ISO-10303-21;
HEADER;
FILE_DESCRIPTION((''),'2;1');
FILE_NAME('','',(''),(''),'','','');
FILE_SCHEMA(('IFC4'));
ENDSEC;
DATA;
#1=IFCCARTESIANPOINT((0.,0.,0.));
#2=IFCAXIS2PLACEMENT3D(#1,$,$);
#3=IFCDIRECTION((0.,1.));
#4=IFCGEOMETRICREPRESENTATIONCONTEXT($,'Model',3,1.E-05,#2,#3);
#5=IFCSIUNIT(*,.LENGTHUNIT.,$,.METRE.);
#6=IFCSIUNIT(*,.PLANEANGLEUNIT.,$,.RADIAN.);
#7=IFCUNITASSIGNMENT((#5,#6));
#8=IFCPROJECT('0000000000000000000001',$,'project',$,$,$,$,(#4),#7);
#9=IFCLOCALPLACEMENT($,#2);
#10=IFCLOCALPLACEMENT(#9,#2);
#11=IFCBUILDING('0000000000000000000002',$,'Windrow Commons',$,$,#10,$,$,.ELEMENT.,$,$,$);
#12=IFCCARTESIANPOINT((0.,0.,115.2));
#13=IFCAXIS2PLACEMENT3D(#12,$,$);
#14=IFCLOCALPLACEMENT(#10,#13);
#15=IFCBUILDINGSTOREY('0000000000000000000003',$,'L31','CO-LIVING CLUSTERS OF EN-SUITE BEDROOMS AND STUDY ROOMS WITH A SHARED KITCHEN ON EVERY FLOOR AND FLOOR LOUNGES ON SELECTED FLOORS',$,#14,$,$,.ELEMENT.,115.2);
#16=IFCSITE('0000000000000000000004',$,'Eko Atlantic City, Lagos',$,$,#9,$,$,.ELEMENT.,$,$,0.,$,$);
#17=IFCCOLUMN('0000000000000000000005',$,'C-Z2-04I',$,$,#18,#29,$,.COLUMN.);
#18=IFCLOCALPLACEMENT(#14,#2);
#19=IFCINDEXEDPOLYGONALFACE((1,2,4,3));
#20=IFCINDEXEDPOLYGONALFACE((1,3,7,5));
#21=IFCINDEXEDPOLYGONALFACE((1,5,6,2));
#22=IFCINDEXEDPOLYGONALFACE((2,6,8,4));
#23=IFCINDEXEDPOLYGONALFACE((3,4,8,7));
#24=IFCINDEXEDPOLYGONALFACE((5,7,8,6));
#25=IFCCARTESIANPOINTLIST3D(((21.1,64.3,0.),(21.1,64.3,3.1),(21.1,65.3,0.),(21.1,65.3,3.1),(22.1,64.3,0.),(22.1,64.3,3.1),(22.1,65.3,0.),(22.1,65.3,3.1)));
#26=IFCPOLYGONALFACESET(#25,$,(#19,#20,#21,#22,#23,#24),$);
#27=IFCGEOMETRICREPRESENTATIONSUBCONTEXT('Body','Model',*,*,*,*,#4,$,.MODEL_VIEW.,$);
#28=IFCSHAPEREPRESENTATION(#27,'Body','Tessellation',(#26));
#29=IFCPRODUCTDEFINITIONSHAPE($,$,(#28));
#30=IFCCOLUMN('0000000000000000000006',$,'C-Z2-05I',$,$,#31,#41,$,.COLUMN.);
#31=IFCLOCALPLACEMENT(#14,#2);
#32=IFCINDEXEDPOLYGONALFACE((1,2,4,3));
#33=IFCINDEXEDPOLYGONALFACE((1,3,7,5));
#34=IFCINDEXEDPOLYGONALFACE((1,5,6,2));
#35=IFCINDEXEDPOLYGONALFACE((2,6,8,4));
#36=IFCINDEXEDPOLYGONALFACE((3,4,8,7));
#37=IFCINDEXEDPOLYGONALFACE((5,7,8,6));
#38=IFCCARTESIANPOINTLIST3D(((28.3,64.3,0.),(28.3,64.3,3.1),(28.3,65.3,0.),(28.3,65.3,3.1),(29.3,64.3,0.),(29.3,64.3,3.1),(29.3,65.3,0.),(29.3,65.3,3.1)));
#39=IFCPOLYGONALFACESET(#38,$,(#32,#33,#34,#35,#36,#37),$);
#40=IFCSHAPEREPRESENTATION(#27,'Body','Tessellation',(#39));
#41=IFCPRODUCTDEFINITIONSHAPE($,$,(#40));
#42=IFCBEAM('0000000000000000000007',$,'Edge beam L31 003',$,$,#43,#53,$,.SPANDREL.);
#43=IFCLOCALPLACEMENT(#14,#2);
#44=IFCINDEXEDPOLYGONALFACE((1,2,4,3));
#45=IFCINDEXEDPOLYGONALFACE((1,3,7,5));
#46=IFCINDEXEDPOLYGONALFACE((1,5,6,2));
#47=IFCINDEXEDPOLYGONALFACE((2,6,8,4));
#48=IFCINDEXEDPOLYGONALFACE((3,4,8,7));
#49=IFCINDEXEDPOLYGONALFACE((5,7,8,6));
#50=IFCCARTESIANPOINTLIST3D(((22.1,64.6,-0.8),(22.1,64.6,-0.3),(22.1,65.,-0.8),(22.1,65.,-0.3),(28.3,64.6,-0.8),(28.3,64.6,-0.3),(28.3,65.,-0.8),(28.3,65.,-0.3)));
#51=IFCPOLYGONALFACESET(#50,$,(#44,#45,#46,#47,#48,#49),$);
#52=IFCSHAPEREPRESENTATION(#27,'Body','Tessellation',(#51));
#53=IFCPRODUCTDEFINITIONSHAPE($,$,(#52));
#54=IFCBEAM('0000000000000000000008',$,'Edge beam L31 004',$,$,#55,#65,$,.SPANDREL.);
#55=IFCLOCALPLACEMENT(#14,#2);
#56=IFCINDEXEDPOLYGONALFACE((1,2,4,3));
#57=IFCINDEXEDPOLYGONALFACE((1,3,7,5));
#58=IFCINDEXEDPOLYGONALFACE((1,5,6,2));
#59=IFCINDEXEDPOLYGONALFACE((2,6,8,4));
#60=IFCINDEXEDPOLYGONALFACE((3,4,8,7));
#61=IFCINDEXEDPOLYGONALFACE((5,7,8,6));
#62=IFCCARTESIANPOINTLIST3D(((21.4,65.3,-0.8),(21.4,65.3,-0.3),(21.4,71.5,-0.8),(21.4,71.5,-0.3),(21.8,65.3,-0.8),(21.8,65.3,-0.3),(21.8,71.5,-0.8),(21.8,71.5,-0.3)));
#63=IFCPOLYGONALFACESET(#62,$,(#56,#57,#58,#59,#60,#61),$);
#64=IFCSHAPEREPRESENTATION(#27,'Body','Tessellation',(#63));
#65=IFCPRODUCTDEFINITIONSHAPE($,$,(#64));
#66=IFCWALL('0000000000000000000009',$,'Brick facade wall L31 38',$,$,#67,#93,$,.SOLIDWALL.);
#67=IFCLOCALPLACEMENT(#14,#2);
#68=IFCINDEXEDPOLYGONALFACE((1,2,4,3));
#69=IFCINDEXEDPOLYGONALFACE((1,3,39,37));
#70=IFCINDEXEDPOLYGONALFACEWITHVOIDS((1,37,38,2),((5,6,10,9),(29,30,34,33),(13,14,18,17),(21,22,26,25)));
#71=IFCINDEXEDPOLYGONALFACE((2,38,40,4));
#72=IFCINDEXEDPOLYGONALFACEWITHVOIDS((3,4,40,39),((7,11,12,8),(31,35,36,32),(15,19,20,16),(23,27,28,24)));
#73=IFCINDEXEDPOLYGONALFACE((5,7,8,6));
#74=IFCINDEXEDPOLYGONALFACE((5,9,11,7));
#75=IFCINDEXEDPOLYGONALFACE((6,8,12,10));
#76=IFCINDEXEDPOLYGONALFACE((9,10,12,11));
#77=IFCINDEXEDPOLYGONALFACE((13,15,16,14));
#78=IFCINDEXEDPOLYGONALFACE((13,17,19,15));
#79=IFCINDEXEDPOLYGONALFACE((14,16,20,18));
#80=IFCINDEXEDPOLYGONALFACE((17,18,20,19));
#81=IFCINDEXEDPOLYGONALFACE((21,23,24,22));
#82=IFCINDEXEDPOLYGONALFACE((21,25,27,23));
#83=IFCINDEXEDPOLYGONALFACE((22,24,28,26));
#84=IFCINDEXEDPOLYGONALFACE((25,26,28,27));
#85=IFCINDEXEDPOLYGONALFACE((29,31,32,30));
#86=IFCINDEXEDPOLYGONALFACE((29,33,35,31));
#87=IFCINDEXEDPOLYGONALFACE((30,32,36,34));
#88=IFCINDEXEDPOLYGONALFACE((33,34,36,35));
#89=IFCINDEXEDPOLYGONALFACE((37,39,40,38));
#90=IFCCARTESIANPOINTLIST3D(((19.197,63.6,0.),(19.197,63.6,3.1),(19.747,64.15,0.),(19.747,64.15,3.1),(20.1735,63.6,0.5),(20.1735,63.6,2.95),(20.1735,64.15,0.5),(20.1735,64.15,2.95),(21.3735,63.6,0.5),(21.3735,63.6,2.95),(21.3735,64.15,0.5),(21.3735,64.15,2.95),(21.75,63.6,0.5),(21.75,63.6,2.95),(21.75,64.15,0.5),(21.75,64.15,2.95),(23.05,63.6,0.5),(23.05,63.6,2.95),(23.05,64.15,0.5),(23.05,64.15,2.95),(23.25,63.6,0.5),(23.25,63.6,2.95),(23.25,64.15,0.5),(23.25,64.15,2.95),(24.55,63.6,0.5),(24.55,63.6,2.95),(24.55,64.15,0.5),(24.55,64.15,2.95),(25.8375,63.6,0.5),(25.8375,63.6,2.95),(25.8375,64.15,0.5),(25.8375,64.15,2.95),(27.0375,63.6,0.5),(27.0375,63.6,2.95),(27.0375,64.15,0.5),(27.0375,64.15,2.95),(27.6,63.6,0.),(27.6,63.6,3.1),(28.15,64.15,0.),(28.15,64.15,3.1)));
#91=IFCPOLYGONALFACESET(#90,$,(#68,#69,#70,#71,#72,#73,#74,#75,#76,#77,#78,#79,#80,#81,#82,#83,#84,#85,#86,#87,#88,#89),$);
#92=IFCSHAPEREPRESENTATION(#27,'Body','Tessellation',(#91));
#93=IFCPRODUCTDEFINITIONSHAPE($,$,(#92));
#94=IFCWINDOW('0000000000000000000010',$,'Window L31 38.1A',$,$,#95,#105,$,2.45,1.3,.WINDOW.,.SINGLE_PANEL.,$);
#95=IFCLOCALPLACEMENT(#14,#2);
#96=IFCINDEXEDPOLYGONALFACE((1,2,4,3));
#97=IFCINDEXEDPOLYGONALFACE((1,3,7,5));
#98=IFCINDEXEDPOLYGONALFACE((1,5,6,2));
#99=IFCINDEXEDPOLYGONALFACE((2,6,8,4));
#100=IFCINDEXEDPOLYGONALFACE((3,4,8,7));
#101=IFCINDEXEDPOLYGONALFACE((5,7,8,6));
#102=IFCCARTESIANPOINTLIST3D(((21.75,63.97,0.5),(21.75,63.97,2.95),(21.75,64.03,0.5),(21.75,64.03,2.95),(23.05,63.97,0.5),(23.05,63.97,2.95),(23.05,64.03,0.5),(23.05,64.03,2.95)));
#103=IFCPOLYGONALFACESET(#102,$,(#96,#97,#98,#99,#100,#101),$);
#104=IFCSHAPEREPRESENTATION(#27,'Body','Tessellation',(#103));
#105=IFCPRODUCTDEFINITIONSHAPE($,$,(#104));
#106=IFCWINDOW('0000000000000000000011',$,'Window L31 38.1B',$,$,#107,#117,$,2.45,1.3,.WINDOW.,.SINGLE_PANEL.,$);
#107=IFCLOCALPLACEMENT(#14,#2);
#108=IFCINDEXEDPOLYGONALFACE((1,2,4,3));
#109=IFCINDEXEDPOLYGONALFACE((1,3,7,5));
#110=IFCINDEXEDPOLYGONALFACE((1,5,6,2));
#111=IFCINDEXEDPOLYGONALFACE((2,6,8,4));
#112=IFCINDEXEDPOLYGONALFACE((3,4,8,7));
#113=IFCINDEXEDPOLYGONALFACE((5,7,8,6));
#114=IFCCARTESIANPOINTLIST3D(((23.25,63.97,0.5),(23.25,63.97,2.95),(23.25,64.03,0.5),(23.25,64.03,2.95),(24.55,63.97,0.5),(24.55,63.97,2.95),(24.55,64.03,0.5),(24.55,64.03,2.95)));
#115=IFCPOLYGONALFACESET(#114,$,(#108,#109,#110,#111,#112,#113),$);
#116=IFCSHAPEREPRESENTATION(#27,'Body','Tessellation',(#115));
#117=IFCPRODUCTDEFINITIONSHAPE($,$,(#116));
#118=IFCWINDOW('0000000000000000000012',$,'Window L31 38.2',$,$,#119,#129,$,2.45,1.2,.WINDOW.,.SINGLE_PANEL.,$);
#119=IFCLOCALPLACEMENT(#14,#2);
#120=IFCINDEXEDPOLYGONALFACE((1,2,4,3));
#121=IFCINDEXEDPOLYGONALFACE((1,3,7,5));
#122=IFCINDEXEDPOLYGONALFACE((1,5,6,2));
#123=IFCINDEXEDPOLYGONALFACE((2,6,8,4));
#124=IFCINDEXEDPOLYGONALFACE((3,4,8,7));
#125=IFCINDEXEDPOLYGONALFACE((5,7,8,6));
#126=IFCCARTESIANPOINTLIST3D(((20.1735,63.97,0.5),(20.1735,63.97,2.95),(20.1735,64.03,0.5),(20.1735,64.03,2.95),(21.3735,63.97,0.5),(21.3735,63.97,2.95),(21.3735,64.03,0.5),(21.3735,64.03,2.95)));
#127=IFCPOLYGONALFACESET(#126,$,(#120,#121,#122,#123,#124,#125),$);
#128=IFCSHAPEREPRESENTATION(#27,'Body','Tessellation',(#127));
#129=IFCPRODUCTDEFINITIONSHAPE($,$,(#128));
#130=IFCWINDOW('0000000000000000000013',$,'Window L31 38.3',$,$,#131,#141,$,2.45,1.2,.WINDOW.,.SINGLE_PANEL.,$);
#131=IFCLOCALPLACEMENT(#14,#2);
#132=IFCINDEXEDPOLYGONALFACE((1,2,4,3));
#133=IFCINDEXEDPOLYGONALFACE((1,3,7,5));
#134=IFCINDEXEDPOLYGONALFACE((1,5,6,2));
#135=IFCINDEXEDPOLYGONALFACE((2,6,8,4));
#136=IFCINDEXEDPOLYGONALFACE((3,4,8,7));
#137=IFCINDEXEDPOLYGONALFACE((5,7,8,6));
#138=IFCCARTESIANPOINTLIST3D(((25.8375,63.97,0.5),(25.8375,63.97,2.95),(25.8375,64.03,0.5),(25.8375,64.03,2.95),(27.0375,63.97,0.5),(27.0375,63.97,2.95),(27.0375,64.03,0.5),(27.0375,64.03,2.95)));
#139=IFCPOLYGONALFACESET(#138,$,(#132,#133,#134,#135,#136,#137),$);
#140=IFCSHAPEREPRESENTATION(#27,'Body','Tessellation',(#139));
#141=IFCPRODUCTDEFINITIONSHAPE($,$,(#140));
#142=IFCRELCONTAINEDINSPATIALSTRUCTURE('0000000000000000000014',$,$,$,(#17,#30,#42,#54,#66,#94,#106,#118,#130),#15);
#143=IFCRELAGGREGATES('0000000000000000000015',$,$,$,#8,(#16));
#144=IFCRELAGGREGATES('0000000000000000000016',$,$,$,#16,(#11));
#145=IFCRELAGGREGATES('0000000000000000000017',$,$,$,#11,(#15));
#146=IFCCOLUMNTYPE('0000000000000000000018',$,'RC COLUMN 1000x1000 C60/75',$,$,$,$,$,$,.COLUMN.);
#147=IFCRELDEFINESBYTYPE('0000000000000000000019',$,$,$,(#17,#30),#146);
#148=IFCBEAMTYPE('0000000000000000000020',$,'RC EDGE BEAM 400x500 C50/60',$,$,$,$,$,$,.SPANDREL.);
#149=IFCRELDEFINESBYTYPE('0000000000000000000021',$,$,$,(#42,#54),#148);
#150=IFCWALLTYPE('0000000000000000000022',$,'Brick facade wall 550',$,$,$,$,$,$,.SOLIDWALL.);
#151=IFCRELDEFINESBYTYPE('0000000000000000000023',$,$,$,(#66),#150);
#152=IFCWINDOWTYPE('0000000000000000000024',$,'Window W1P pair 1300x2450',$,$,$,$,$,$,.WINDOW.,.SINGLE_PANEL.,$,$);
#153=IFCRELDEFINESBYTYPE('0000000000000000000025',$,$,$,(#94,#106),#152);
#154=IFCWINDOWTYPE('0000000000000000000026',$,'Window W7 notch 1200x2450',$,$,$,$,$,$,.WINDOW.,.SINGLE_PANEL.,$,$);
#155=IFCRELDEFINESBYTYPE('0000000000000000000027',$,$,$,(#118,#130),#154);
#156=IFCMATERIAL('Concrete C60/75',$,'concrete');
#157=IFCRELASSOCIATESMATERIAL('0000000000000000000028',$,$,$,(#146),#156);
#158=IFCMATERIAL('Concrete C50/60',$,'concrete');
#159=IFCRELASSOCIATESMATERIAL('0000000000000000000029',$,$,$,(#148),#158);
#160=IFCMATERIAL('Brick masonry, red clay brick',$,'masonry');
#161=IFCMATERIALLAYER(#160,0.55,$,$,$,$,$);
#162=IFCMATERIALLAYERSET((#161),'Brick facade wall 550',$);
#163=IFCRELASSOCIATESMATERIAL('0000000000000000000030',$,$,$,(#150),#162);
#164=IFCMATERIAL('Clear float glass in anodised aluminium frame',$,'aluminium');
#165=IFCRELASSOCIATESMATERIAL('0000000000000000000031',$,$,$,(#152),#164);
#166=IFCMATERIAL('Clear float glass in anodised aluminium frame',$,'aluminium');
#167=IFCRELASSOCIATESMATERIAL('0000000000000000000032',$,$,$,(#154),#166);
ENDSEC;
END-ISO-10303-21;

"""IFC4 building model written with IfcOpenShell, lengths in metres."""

from ifc_helpers import new_model, si_unit, direction, frame, frame_2d, origin, origin_2d, place, context, subcontext, project, spatial, polyline, rectangle, outline, extrude, material, layer, layer_set, material_profile, profile_set, type_object, element, fill, save


model = new_model("IFC4")

# Units and contexts
model_context = context("Model", 3, precision=1e-05, world=origin(), true_north=direction((0.0, 1.0)))
body_context = subcontext(model_context, "Body", "Model", "MODEL_VIEW")
ifc_project = project(units=[si_unit("LENGTHUNIT", "METRE"), si_unit("PLANEANGLEUNIT", "RADIAN")], contexts=[model_context])

# Site, building, storey
site_placement = place(None, origin())
site = spatial("IfcSite", under=ifc_project, at=site_placement, Name="Eko Atlantic City, Lagos", CompositionType="ELEMENT", RefElevation=0.0)
building_placement = place(site_placement, origin())
building = spatial("IfcBuilding", under=site, at=building_placement, Name="Windrow Commons", CompositionType="ELEMENT")
storey_placement = place(building_placement, frame((0.0, 0.0, 115.2)))
storey = spatial("IfcBuildingStorey", under=building, at=storey_placement, Name="L31", Description="CO-LIVING CLUSTERS OF EN-SUITE BEDROOMS AND STUDY ROOMS WITH A SHARED KITCHEN ON EVERY FLOOR AND FLOOR LOUNGES ON SELECTED FLOORS", CompositionType="ELEMENT", Elevation=115.2)

# Columns
ifc_material_1 = material(Name="Concrete C60/75", Category="concrete")
ifc_material_profile_1 = material_profile(ifc_material_1, rectangle(XDim=1.0, YDim=1.0, at=origin_2d()))
ifc_profile_set_1 = profile_set([ifc_material_profile_1], Name="Concrete C60/75")
column_type = type_object("IfcColumnType", Name="RC COLUMN 1000x1000 C60/75", PredefinedType="COLUMN", material=ifc_profile_set_1)
for number, where, z_axis, x_axis, name in (
    (1, (21.6, 64.8, 0.0), (0.0, 0.0, 1.0), (1.0, 0.0, 0.0), "C-Z2-04I"),
    (2, (28.8, 64.8, 0.0), (0.0, 0.0, 1.0), (1.0, 0.0, 0.0), "C-Z2-05I"),
):
    element("IfcColumn", number, at=place(storey_placement, frame(where, z_axis=z_axis, x_axis=x_axis)), inside=storey, type_object=column_type, Name=name, PredefinedType="COLUMN", context=body_context, shape_type="SweptSolid", body=[
        extrude(rectangle(XDim=1.0, YDim=1.0, at=origin_2d()), origin(), (0.0, 0.0, 1.0), 3.1),
    ])

# Beams
ifc_material_2 = material(Name="Concrete C50/60", Category="concrete")
ifc_material_profile_2 = material_profile(ifc_material_2, rectangle(XDim=0.4, YDim=0.5, at=origin_2d()))
ifc_profile_set_2 = profile_set([ifc_material_profile_2], Name="Concrete C50/60")
beam_type = type_object("IfcBeamType", Name="RC EDGE BEAM 400x500 C50/60", PredefinedType="SPANDREL", material=ifc_profile_set_2)
for number, where, z_axis, x_axis, name in (
    (3, (28.3, 64.8, -0.55), (-1.0, 0.0, 0.0), (0.0, -1.0, 0.0), "Edge beam L31 003"),
    (4, (21.6, 65.3, -0.55), (0.0, 1.0, 0.0), (-1.0, 0.0, 0.0), "Edge beam L31 004"),
):
    element("IfcBeam", number, at=place(storey_placement, frame(where, z_axis=z_axis, x_axis=x_axis)), inside=storey, type_object=beam_type, Name=name, PredefinedType="SPANDREL", context=body_context, shape_type="SweptSolid", body=[
        extrude(rectangle(XDim=0.4, YDim=0.5, at=origin_2d()), origin(), (0.0, 0.0, 1.0), 6.2),
    ])

# Wall, openings, windows
ifc_material_3 = material(Name="Brick masonry, red clay brick", Category="masonry")
ifc_layer_1 = layer(ifc_material_3, 0.55)
ifc_layer_set_1 = layer_set([ifc_layer_1], Name="Brick facade wall 550")
wall_type_1 = type_object("IfcWallType", Name="Brick facade wall 550", PredefinedType="SOLIDWALL", material=ifc_layer_set_1)
wall_1_placement = place(storey_placement, frame((19.472, 63.875, 0.0), z_axis=(0.0, 0.0, 1.0), x_axis=(1.0, 0.0, 0.0)))
wall_1 = element("IfcWall", 5, at=wall_1_placement, inside=storey, type_object=wall_type_1, Name="Brick facade wall L31 38", PredefinedType="SOLIDWALL", context=body_context, shape_type="SweptSolid", body=[
    extrude(outline(polyline([(-0.275, -0.275), (8.128, -0.275), (8.678, 0.275), (0.275, 0.275), (-0.275, -0.275)])), origin(), (0.0, 0.0, 1.0), 3.1),
])
opening_1_placement = place(wall_1_placement, frame((2.278, 0.0, 0.5)))
opening_1 = element("IfcOpeningElement", 6, at=opening_1_placement, cuts=wall_1, PredefinedType="OPENING", context=body_context, shape_type="SweptSolid", body=[
    extrude(rectangle(XDim=1.3, YDim=2.45, at=frame_2d((0.65, 1.225))), frame((0.0, 0.285, 0.0), z_axis=(0.0, -1.0, 0.0), x_axis=(1.0, 0.0, 0.0)), (0.0, 0.0, 1.0), 0.57),
])
opening_2_placement = place(wall_1_placement, frame((3.778, 0.0, 0.5)))
opening_2 = element("IfcOpeningElement", 7, at=opening_2_placement, cuts=wall_1, PredefinedType="OPENING", context=body_context, shape_type="SweptSolid", body=[
    extrude(rectangle(XDim=1.3, YDim=2.45, at=frame_2d((0.65, 1.225))), frame((0.0, 0.285, 0.0), z_axis=(0.0, -1.0, 0.0), x_axis=(1.0, 0.0, 0.0)), (0.0, 0.0, 1.0), 0.57),
])
opening_3_placement = place(wall_1_placement, frame((0.7015, 0.0, 0.5)))
opening_3 = element("IfcOpeningElement", 8, at=opening_3_placement, cuts=wall_1, PredefinedType="OPENING", context=body_context, shape_type="SweptSolid", body=[
    extrude(rectangle(XDim=1.2, YDim=2.45, at=frame_2d((0.6, 1.225))), frame((0.0, 0.285, 0.0), z_axis=(0.0, -1.0, 0.0), x_axis=(1.0, 0.0, 0.0)), (0.0, 0.0, 1.0), 0.57),
])
opening_4_placement = place(wall_1_placement, frame((6.3655, 0.0, 0.5)))
opening_4 = element("IfcOpeningElement", 9, at=opening_4_placement, cuts=wall_1, PredefinedType="OPENING", context=body_context, shape_type="SweptSolid", body=[
    extrude(rectangle(XDim=1.2, YDim=2.45, at=frame_2d((0.6, 1.225))), frame((0.0, 0.285, 0.0), z_axis=(0.0, -1.0, 0.0), x_axis=(1.0, 0.0, 0.0)), (0.0, 0.0, 1.0), 0.57),
])
ifc_material_4 = material(Name="Clear float glass in anodised aluminium frame", Category="aluminium")
window_type_1 = type_object("IfcWindowType", Name="Window W1P pair 1300x2450", PartitioningType="SINGLE_PANEL", PredefinedType="WINDOW", material=ifc_material_4)
window_1_placement = place(opening_1_placement, origin())
window_1 = element("IfcWindow", 10, at=window_1_placement, inside=storey, type_object=window_type_1, Name="Window L31 38.1A", OverallHeight=2.45, OverallWidth=1.3, PartitioningType="SINGLE_PANEL", PredefinedType="WINDOW", context=body_context, shape_type="SweptSolid", body=[
    extrude(rectangle(XDim=1.3, YDim=2.45, at=frame_2d((0.65, 1.225))), frame((0.0, 0.155, 0.0), z_axis=(0.0, -1.0, 0.0), x_axis=(1.0, 0.0, 0.0)), (0.0, 0.0, 1.0), 0.06),
])
fill(opening_1, window_1)
window_2_placement = place(opening_2_placement, origin())
window_2 = element("IfcWindow", 11, at=window_2_placement, inside=storey, type_object=window_type_1, Name="Window L31 38.1B", OverallHeight=2.45, OverallWidth=1.3, PartitioningType="SINGLE_PANEL", PredefinedType="WINDOW", context=body_context, shape_type="SweptSolid", body=[
    extrude(rectangle(XDim=1.3, YDim=2.45, at=frame_2d((0.65, 1.225))), frame((0.0, 0.155, 0.0), z_axis=(0.0, -1.0, 0.0), x_axis=(1.0, 0.0, 0.0)), (0.0, 0.0, 1.0), 0.06),
])
fill(opening_2, window_2)
ifc_material_5 = material(Name="Clear float glass in anodised aluminium frame", Category="aluminium")
window_type_2 = type_object("IfcWindowType", Name="Window W7 notch 1200x2450", PartitioningType="SINGLE_PANEL", PredefinedType="WINDOW", material=ifc_material_5)
window_3_placement = place(opening_3_placement, origin())
window_3 = element("IfcWindow", 12, at=window_3_placement, inside=storey, type_object=window_type_2, Name="Window L31 38.2", OverallHeight=2.45, OverallWidth=1.2, PartitioningType="SINGLE_PANEL", PredefinedType="WINDOW", context=body_context, shape_type="SweptSolid", body=[
    extrude(rectangle(XDim=1.2, YDim=2.45, at=frame_2d((0.6, 1.225))), frame((0.0, 0.155, 0.0), z_axis=(0.0, -1.0, 0.0), x_axis=(1.0, 0.0, 0.0)), (0.0, 0.0, 1.0), 0.06),
])
fill(opening_3, window_3)
window_4_placement = place(opening_4_placement, origin())
window_4 = element("IfcWindow", 13, at=window_4_placement, inside=storey, type_object=window_type_2, Name="Window L31 38.3", OverallHeight=2.45, OverallWidth=1.2, PartitioningType="SINGLE_PANEL", PredefinedType="WINDOW", context=body_context, shape_type="SweptSolid", body=[
    extrude(rectangle(XDim=1.2, YDim=2.45, at=frame_2d((0.6, 1.225))), frame((0.0, 0.155, 0.0), z_axis=(0.0, -1.0, 0.0), x_axis=(1.0, 0.0, 0.0)), (0.0, 0.0, 1.0), 0.06),
])
fill(opening_4, window_4)

save(model, "model.ifc")
